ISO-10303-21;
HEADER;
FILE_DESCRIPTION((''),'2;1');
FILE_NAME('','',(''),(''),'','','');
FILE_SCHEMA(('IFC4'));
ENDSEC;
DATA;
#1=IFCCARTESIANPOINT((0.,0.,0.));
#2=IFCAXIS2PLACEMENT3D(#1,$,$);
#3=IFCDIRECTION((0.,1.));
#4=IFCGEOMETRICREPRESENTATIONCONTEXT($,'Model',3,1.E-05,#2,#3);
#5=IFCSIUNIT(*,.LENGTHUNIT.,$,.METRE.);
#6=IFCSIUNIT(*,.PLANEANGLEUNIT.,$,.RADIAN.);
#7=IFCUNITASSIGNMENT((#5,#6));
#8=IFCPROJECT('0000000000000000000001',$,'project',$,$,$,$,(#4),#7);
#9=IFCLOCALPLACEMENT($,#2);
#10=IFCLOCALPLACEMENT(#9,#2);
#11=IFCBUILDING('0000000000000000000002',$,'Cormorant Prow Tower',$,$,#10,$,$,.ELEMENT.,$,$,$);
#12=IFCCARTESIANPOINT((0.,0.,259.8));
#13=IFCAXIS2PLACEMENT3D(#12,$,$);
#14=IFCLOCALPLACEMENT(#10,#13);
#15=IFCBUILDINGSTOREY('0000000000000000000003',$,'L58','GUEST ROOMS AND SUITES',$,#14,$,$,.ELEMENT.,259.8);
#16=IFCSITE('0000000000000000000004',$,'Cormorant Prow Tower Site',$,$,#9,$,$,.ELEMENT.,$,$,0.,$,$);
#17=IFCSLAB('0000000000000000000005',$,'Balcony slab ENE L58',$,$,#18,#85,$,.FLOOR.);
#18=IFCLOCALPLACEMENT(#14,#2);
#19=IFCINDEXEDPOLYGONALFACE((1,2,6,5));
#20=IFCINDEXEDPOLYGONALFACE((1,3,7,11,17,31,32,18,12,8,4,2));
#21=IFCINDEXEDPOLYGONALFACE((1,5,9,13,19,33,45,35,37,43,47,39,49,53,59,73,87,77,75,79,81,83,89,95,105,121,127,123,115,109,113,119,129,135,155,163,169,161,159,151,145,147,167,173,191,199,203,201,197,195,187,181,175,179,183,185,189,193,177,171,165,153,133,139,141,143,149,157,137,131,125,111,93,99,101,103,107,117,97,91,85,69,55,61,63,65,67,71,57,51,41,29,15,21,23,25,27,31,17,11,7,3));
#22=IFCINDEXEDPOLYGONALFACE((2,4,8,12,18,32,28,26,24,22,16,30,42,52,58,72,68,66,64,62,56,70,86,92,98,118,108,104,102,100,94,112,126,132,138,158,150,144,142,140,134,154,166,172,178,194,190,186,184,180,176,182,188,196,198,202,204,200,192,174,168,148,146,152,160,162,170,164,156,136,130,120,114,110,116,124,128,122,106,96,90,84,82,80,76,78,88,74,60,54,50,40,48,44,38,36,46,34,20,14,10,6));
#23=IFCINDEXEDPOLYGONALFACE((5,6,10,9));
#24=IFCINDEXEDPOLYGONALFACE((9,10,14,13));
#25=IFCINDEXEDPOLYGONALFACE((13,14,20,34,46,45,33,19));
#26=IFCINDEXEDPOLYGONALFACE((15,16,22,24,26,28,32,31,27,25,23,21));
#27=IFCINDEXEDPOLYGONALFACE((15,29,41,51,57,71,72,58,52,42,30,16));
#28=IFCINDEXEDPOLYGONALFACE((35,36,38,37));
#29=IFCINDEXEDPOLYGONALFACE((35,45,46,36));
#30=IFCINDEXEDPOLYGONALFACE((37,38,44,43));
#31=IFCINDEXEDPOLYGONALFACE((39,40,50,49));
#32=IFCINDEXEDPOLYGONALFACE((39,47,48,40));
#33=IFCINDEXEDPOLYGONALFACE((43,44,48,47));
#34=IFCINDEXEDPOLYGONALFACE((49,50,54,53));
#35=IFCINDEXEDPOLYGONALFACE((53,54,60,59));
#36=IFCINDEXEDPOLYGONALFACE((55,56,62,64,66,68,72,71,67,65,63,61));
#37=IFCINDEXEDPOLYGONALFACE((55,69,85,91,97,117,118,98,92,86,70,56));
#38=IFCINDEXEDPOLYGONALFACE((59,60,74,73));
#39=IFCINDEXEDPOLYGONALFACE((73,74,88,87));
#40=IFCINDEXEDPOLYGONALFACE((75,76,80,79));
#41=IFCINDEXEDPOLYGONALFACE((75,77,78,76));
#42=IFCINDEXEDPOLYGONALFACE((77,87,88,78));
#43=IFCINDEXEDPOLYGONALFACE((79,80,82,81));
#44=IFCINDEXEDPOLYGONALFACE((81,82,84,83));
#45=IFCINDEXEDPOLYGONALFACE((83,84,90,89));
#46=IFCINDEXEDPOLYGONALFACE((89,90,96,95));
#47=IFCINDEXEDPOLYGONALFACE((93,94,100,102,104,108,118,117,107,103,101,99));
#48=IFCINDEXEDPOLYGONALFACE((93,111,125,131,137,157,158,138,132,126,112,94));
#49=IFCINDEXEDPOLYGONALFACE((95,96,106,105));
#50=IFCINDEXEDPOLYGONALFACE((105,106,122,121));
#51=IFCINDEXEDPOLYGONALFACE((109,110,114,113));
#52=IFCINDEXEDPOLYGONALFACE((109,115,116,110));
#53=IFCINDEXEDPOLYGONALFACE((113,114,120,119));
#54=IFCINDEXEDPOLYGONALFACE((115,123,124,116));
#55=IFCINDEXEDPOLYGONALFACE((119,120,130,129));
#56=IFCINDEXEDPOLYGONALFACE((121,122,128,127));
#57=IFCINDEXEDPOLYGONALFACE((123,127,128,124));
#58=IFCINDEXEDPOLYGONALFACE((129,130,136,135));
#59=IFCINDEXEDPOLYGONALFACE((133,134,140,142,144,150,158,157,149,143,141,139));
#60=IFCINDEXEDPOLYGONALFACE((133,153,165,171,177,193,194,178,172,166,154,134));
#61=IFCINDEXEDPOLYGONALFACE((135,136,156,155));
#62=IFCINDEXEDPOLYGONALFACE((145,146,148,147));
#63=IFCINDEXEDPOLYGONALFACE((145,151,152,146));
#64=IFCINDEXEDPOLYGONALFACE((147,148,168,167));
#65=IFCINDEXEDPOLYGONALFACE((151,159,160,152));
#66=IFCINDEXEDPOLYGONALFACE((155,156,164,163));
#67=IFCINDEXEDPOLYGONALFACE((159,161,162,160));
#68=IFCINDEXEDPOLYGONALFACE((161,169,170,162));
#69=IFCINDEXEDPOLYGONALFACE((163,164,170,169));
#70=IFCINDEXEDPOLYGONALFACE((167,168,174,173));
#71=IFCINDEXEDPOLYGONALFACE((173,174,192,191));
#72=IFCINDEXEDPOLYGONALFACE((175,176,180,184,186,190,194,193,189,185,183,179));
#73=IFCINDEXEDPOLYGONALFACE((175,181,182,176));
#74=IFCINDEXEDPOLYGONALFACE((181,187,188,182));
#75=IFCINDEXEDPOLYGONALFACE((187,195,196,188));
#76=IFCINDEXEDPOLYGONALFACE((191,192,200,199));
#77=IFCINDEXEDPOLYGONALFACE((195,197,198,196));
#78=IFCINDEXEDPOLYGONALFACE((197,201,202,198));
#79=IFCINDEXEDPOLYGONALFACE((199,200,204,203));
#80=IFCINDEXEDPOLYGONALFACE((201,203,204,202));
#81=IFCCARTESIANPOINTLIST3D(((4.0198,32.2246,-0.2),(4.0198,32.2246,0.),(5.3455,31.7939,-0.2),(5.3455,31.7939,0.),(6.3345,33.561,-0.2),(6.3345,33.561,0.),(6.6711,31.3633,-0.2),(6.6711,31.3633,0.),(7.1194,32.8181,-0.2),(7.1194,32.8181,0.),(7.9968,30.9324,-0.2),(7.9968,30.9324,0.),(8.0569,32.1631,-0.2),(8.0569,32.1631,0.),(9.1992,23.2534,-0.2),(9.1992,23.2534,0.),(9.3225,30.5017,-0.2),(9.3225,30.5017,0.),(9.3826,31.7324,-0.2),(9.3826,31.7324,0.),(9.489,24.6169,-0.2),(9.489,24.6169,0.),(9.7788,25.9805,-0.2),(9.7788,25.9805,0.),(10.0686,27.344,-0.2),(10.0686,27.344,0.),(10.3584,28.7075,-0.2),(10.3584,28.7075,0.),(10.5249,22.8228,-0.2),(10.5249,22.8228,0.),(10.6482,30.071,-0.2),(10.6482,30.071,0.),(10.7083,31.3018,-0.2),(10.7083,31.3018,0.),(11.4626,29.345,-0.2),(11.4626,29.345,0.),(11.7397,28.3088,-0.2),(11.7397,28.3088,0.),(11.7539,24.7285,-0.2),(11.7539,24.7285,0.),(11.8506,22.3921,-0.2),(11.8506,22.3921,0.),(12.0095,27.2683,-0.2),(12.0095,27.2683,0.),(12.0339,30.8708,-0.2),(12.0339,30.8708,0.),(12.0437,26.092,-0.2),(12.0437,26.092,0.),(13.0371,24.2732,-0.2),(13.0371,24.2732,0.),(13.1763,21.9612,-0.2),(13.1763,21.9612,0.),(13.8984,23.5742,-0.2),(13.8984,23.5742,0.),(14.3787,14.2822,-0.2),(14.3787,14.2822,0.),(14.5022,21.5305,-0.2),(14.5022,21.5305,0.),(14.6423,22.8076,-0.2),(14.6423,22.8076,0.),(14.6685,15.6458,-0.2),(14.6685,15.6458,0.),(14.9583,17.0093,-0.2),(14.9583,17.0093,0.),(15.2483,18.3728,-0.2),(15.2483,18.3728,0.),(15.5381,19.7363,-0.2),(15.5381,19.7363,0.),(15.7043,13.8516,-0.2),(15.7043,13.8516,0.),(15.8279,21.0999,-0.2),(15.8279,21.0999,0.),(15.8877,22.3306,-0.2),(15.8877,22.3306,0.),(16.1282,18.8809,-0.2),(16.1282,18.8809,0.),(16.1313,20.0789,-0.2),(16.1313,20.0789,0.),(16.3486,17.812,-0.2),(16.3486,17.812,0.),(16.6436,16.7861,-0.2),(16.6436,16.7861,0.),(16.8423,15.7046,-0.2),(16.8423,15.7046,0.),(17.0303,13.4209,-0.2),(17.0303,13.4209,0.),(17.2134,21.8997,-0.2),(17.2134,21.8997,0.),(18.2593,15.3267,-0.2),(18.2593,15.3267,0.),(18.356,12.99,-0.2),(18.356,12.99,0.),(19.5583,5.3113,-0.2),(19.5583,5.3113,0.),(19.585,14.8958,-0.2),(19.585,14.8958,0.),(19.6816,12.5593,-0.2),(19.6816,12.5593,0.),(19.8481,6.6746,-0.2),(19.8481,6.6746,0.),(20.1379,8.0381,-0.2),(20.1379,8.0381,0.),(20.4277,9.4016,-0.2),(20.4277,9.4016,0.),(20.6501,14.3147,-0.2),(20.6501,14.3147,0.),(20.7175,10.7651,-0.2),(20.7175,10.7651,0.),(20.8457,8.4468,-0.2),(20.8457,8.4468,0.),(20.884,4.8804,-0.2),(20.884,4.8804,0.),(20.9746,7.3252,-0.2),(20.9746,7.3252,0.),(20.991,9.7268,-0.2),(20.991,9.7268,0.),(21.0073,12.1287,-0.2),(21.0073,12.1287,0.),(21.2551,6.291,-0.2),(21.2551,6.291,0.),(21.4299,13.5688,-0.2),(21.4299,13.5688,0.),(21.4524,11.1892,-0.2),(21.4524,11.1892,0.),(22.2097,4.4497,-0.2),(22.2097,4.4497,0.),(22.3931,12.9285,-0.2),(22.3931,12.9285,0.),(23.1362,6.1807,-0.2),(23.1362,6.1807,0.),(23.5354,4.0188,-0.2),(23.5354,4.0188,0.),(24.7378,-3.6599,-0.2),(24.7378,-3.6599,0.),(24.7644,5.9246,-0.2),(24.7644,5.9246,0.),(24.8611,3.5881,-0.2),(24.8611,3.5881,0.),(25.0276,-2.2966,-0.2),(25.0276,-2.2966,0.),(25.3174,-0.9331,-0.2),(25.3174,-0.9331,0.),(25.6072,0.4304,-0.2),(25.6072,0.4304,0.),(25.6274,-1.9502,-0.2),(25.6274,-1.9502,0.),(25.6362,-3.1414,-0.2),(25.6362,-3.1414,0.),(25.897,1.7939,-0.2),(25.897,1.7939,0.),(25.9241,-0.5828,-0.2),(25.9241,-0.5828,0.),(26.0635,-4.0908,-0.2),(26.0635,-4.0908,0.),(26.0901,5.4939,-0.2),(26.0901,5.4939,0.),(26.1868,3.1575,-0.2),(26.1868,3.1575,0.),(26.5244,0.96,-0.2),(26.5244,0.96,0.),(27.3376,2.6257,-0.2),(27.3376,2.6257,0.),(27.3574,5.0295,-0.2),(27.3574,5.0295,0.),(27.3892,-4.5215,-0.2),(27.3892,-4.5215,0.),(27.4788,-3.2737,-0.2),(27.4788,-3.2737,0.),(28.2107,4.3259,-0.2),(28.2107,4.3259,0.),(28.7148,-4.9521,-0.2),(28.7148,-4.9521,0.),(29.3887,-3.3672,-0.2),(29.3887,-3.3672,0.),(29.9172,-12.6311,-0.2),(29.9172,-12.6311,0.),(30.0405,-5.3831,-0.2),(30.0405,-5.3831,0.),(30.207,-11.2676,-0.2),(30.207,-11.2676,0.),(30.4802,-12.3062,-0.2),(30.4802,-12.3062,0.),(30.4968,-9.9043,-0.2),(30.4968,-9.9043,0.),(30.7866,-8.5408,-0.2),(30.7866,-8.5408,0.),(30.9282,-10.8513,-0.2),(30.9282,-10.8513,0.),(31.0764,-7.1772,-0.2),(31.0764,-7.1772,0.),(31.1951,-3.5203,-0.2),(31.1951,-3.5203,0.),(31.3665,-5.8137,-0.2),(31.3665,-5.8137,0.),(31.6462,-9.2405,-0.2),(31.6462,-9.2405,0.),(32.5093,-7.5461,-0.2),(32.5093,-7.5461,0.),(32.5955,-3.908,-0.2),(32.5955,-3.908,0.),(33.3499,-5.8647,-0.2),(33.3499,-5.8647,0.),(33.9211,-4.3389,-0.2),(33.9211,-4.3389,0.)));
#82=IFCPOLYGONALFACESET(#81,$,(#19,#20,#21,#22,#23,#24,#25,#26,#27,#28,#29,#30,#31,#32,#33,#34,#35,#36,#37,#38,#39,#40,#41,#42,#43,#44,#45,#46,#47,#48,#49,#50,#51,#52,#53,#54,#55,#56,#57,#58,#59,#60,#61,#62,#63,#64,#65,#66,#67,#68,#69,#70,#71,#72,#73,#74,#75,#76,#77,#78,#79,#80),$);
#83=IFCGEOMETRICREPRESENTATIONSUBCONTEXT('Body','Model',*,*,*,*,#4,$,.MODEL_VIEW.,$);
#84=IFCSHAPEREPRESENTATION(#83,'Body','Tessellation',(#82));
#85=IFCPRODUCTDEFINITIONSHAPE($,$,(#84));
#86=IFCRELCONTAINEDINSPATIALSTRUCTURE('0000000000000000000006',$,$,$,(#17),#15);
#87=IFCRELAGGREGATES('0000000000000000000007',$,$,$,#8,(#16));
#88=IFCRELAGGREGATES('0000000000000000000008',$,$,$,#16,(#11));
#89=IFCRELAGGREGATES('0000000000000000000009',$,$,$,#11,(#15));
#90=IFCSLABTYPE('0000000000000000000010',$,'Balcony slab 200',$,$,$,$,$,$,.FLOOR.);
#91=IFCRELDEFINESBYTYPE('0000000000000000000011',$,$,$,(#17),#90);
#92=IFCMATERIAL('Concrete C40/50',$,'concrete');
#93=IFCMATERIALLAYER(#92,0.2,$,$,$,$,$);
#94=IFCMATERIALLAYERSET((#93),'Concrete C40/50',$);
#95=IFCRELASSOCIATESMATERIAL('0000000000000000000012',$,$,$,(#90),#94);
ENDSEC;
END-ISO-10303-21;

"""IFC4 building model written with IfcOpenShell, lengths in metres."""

from ifc_helpers import new_model, si_unit, direction, frame, origin, place, context, subcontext, project, spatial, polyline, outline, extrude, material, layer, layer_set, type_object, element, save


model = new_model("IFC4")

# Units and contexts
model_context = context("Model", 3, precision=1e-05, world=origin(), true_north=direction((0.0, 1.0)))
body_context = subcontext(model_context, "Body", "Model", "MODEL_VIEW")
ifc_project = project(units=[si_unit("LENGTHUNIT", "METRE"), si_unit("PLANEANGLEUNIT", "RADIAN")], contexts=[model_context])

# Site, building, storey
site_placement = place(None, origin())
site = spatial("IfcSite", under=ifc_project, at=site_placement, Name="Cormorant Prow Tower Site", CompositionType="ELEMENT", RefElevation=0.0)
building_placement = place(site_placement, origin())
building = spatial("IfcBuilding", under=site, at=building_placement, Name="Cormorant Prow Tower", CompositionType="ELEMENT")
storey_placement = place(building_placement, frame((0.0, 0.0, 259.8)))
storey = spatial("IfcBuildingStorey", under=building, at=storey_placement, Name="L58", Description="GUEST ROOMS AND SUITES", CompositionType="ELEMENT", Elevation=259.8)

# Slab
ifc_material_1 = material(Name="Concrete C40/50", Category="concrete")
ifc_layer_1 = layer(ifc_material_1, 0.2)
ifc_layer_set_1 = layer_set([ifc_layer_1], Name="Concrete C40/50")
slab_type_1 = type_object("IfcSlabType", Name="Balcony slab 200", PredefinedType="FLOOR", material=ifc_layer_set_1)
slab_1_placement = place(storey_placement, frame((0.0, 0.0, -0.2)))
element("IfcSlab", 1, at=slab_1_placement, inside=storey, type_object=slab_type_1, Name="Balcony slab ENE L58", PredefinedType="FLOOR", context=body_context, shape_type="SweptSolid", body=[
    extrude(outline(polyline([(29.9172, -12.6311), (30.4802, -12.3062), (30.9282, -10.8513), (31.6462, -9.2405), (32.5093, -7.5461), (33.3499, -5.8647), (33.9211, -4.3389), (32.5955, -3.908), (31.1951, -3.5203), (29.3887, -3.3672), (27.4788, -3.2737), (25.6362, -3.1414), (25.6274, -1.9502), (25.9241, -0.5828), (26.5244, 0.96), (27.3376, 2.6257), (28.2107, 4.3259), (27.3574, 5.0295), (26.0901, 5.4939), (24.7644, 5.9246), (23.1362, 6.1807), (21.2551, 6.291), (20.9746, 7.3252), (20.8457, 8.4468), (20.991, 9.7268), (21.4524, 11.1892), (22.3931, 12.9285), (21.4299, 13.5688), (20.6501, 14.3147), (19.585, 14.8958), (18.2593, 15.3267), (16.8423, 15.7046), (16.6436, 16.7861), (16.3486, 17.812), (16.1282, 18.8809), (16.1313, 20.0789), (17.2134, 21.8997), (15.8877, 22.3306), (14.6423, 22.8076), (13.8984, 23.5742), (13.0371, 24.2732), (11.7539, 24.7285), (12.0437, 26.092), (12.0095, 27.2683), (11.7397, 28.3088), (11.4626, 29.345), (12.0339, 30.8708), (10.7083, 31.3018), (9.3826, 31.7324), (8.0569, 32.1631), (7.1194, 32.8181), (6.3345, 33.561), (4.0198, 32.2246), (5.3455, 31.7939), (6.6711, 31.3633), (7.9968, 30.9324), (9.3225, 30.5017), (10.6482, 30.071), (10.3584, 28.7075), (10.0686, 27.344), (9.7788, 25.9805), (9.489, 24.6169), (9.1992, 23.2534), (10.5249, 22.8228), (11.8506, 22.3921), (13.1763, 21.9612), (14.5022, 21.5305), (15.8279, 21.0999), (15.5381, 19.7363), (15.2483, 18.3728), (14.9583, 17.0093), (14.6685, 15.6458), (14.3787, 14.2822), (15.7043, 13.8516), (17.0303, 13.4209), (18.356, 12.99), (19.6816, 12.5593), (21.0073, 12.1287), (20.7175, 10.7651), (20.4277, 9.4016), (20.1379, 8.0381), (19.8481, 6.6746), (19.5583, 5.3113), (20.884, 4.8804), (22.2097, 4.4497), (23.5354, 4.0188), (24.8611, 3.5881), (26.1868, 3.1575), (25.897, 1.7939), (25.6072, 0.4304), (25.3174, -0.9331), (25.0276, -2.2966), (24.7378, -3.6599), (26.0635, -4.0908), (27.3892, -4.5215), (28.7148, -4.9521), (30.0405, -5.3831), (31.3665, -5.8137), (31.0764, -7.1772), (30.7866, -8.5408), (30.4968, -9.9043), (30.207, -11.2676), (29.9172, -12.6311)])), origin(), (0.0, 0.0, 1.0), 0.2),
])

save(model, "model.ifc")
